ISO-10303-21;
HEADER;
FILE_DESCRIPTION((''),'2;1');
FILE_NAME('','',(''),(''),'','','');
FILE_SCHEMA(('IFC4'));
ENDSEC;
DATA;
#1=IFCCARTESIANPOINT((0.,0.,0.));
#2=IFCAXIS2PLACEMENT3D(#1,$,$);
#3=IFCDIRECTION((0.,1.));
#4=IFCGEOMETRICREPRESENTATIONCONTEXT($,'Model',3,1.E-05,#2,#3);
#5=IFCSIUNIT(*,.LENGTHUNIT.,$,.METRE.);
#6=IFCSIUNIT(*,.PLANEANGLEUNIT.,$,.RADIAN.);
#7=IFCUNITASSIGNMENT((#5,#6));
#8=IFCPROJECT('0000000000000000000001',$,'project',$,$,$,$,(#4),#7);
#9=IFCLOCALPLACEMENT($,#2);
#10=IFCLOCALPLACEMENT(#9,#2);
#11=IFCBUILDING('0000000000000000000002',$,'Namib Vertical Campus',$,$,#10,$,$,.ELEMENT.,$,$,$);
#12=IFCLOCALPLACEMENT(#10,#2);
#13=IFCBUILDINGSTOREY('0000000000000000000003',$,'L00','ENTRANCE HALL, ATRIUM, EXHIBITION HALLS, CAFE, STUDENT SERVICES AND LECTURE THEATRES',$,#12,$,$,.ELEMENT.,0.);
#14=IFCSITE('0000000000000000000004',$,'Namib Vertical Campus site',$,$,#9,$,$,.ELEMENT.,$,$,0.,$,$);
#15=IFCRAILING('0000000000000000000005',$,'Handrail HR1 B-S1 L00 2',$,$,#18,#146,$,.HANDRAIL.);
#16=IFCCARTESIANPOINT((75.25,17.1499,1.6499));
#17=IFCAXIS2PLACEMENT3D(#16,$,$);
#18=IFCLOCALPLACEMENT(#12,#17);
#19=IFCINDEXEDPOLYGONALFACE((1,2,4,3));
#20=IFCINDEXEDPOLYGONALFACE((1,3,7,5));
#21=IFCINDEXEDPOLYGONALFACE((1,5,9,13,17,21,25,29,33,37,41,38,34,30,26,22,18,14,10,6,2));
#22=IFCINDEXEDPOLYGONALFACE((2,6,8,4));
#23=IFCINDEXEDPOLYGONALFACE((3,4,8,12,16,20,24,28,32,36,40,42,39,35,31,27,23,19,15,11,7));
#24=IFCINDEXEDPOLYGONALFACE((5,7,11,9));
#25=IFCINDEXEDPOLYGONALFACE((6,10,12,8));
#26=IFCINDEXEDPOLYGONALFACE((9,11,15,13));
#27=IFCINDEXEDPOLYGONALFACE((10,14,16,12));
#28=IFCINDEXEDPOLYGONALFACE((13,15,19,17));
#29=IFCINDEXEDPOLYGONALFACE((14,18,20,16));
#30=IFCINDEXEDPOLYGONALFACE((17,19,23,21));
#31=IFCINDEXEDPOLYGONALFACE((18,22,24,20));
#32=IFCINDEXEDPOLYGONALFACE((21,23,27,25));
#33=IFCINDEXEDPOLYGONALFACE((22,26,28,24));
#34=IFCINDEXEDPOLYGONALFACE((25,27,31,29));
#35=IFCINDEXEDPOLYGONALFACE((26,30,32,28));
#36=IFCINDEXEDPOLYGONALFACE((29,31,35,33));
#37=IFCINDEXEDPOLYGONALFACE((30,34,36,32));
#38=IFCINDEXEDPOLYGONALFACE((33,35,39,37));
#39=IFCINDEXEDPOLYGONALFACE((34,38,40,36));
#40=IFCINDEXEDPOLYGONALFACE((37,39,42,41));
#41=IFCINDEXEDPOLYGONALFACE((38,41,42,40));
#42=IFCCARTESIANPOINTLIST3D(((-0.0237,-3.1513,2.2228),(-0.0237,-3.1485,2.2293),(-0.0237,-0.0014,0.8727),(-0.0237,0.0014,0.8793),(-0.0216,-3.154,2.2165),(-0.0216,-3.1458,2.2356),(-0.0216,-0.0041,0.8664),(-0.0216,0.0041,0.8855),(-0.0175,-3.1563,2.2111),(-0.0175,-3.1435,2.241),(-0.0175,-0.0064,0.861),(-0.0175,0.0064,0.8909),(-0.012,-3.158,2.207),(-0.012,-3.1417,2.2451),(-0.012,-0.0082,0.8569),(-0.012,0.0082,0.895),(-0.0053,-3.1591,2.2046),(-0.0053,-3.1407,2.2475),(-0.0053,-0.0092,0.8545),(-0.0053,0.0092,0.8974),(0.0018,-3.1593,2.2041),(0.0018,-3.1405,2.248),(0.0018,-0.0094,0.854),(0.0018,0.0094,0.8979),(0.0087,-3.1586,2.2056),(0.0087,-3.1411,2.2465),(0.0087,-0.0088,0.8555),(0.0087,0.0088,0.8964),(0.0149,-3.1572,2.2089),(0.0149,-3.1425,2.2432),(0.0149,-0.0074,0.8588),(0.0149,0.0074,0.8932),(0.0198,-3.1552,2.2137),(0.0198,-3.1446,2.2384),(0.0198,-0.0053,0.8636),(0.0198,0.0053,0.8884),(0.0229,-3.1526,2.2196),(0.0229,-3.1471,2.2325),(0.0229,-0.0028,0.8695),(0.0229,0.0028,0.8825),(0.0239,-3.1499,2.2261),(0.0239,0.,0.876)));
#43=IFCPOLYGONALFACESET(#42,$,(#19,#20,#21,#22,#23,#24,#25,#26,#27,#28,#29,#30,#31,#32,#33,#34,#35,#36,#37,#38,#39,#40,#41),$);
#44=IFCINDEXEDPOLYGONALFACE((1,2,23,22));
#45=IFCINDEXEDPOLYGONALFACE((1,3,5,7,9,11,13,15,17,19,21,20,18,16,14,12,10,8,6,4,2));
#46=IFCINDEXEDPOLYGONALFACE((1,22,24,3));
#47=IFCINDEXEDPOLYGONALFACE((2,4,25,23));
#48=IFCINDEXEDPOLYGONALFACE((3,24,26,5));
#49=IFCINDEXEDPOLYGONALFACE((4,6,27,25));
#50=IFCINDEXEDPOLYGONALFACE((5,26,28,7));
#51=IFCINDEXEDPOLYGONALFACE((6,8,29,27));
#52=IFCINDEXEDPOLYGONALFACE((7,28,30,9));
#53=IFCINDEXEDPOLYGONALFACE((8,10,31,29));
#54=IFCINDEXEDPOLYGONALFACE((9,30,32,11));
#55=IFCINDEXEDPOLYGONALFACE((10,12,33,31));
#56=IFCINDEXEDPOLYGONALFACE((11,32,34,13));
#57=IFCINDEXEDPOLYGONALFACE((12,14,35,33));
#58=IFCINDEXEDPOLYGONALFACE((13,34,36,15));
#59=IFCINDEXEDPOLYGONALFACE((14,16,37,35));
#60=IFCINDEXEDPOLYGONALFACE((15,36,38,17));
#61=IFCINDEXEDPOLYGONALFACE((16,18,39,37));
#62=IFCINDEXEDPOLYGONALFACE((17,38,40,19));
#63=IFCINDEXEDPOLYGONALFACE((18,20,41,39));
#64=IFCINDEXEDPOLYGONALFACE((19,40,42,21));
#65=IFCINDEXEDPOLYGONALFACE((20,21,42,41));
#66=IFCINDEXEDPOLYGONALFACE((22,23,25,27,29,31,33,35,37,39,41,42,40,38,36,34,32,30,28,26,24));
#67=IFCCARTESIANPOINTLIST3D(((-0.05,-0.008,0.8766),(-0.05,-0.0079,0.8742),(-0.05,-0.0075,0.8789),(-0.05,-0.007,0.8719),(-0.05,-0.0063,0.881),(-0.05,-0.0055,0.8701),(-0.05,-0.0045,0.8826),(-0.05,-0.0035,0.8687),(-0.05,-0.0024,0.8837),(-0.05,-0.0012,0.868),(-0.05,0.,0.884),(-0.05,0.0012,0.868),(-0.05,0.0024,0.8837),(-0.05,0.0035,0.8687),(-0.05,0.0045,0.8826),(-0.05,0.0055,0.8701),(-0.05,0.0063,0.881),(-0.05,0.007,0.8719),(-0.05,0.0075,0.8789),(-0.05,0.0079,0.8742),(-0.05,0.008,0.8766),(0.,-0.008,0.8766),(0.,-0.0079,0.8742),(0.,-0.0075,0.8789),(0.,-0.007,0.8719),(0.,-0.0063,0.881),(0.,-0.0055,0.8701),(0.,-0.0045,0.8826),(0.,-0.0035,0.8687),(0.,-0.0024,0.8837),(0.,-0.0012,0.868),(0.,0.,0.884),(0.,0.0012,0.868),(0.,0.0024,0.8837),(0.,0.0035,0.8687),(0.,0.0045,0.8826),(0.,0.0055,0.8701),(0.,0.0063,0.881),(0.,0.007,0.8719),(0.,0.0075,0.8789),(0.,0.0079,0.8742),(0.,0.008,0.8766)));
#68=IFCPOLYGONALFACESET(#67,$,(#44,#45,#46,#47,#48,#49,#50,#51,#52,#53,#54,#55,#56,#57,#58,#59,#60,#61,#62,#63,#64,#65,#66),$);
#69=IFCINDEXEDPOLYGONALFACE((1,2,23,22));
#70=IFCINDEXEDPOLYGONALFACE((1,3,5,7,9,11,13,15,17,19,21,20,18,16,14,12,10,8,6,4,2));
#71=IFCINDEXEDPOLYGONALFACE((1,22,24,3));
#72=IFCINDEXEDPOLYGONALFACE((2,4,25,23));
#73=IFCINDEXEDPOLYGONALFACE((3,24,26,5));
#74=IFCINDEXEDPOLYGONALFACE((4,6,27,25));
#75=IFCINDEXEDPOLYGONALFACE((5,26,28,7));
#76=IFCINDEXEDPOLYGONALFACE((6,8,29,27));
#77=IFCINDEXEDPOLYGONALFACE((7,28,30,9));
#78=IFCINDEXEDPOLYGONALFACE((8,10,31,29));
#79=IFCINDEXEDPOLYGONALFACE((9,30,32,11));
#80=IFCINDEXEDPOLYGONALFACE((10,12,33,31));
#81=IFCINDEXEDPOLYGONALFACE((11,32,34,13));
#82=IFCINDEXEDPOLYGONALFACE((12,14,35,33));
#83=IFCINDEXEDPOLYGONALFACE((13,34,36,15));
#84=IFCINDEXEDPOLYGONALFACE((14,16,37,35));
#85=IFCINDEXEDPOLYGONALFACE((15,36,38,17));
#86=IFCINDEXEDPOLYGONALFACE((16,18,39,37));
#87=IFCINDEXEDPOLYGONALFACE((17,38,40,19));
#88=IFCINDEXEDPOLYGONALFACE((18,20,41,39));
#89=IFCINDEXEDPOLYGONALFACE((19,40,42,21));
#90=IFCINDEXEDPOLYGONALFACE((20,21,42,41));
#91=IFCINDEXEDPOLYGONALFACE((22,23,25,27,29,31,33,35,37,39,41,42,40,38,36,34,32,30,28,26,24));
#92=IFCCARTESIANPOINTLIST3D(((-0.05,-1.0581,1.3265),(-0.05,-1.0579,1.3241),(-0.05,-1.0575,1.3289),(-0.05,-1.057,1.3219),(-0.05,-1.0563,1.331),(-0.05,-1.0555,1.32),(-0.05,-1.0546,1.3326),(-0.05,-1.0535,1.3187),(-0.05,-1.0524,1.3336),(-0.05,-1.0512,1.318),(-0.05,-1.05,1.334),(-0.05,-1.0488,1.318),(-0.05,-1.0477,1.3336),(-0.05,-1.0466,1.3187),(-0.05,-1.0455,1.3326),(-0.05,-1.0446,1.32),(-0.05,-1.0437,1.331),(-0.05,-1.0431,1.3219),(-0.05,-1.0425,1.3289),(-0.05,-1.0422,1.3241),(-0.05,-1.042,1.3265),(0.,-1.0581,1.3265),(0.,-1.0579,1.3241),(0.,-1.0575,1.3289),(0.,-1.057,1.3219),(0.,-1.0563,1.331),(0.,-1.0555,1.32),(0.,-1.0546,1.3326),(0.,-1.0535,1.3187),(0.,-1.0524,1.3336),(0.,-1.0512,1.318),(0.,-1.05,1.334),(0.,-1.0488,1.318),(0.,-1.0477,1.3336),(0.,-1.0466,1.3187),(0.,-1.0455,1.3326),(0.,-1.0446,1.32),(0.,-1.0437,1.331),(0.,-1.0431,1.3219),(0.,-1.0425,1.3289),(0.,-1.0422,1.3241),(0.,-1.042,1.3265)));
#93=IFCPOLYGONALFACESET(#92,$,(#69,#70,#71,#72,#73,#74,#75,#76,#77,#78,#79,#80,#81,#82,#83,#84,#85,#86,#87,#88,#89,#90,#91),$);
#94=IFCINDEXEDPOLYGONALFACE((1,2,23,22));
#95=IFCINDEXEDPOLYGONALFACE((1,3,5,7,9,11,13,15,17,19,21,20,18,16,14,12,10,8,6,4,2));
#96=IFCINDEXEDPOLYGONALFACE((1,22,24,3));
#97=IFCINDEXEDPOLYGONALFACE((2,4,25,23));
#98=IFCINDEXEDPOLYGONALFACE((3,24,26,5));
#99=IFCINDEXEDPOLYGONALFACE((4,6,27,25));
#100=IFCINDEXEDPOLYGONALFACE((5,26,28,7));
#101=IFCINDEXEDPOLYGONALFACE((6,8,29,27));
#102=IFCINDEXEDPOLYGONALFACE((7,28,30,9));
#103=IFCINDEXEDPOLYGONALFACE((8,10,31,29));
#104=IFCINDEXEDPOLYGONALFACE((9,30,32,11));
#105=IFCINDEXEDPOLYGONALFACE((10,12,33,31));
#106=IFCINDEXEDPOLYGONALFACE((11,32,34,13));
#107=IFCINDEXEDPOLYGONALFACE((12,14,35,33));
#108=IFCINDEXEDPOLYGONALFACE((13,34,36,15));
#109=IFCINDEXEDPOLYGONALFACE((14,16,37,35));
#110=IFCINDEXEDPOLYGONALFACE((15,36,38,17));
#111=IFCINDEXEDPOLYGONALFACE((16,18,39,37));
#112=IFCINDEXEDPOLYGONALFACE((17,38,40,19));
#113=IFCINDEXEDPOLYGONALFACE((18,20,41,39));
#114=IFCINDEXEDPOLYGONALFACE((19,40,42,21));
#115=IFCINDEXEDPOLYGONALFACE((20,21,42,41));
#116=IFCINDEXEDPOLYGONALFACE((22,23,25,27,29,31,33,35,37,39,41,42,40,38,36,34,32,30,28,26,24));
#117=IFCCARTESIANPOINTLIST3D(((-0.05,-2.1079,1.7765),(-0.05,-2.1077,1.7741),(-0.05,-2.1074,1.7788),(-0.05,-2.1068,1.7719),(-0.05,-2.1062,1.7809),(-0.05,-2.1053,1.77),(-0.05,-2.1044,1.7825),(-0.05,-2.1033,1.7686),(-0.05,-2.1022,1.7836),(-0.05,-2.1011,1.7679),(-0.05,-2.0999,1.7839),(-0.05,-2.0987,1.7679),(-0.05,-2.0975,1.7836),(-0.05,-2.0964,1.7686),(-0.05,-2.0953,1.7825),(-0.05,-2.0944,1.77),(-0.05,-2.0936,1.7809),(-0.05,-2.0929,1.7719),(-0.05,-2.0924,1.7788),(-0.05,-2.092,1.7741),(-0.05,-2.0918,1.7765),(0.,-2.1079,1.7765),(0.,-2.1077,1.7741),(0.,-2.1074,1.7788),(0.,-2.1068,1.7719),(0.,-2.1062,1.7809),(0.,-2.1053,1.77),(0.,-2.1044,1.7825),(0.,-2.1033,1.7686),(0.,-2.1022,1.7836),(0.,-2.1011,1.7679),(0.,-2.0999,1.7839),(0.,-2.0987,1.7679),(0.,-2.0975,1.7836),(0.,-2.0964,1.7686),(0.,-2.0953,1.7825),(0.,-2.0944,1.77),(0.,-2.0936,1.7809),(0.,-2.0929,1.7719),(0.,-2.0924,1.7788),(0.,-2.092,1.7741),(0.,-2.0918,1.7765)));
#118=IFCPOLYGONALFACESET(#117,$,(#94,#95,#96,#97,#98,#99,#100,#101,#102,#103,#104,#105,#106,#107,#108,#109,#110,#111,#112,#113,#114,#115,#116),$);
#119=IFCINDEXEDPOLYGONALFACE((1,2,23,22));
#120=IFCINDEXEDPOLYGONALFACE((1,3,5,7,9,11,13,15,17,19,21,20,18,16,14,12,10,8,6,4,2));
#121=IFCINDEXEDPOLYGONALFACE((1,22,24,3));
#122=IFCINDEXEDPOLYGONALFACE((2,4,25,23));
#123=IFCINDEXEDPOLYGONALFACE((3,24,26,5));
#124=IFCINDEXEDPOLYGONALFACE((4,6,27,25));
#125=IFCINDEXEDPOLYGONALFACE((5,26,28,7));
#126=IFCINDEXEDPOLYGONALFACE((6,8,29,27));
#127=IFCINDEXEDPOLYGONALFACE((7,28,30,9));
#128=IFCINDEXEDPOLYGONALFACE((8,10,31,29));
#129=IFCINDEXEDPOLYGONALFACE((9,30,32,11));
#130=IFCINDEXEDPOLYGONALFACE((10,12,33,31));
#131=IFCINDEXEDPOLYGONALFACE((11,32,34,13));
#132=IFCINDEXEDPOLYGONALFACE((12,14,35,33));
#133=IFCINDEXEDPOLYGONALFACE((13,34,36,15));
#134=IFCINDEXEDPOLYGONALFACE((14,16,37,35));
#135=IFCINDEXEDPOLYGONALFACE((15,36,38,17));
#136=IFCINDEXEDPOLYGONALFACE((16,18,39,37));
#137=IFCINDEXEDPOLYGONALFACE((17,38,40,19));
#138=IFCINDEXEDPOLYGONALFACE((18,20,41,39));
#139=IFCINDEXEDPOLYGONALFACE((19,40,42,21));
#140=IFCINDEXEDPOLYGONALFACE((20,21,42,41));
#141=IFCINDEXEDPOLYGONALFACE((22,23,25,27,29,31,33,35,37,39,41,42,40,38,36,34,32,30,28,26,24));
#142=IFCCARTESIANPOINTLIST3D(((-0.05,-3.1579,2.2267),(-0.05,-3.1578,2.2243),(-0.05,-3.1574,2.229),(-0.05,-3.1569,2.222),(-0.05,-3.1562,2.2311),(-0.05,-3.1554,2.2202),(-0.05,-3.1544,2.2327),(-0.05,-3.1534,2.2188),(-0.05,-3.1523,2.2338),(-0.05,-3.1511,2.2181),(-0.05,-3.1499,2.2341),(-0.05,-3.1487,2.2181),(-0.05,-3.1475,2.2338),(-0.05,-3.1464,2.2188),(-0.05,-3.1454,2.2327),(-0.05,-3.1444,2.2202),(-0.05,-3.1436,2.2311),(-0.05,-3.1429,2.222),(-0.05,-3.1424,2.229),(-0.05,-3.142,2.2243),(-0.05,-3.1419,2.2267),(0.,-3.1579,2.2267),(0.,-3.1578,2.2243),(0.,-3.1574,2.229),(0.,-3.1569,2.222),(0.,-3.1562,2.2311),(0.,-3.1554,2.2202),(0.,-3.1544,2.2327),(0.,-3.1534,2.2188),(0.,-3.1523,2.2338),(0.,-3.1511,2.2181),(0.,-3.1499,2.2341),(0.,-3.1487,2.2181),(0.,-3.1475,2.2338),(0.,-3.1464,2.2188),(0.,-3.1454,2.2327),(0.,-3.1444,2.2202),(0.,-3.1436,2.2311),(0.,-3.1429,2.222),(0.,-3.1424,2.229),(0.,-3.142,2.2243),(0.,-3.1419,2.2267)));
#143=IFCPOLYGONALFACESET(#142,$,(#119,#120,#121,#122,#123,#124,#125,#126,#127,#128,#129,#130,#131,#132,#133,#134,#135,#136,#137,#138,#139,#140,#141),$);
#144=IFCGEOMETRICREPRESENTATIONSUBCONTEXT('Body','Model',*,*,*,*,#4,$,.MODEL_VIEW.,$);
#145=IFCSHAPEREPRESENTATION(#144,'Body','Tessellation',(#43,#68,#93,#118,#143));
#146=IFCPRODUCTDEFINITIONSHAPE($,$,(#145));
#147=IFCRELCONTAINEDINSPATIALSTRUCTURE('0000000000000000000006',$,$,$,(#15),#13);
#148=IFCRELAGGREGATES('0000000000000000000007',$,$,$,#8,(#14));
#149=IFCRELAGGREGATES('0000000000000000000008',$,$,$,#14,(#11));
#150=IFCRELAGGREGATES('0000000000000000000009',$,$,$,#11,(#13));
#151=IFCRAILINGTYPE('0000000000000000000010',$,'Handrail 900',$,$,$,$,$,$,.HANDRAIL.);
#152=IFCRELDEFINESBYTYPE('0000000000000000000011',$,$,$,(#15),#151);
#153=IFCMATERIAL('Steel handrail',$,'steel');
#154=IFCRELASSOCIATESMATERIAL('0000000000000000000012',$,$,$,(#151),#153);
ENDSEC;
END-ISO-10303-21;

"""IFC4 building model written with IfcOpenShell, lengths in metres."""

from ifc_helpers import new_model, si_unit, direction, frame, origin, origin_2d, place, context, subcontext, project, spatial, circle, extrude, material, type_object, element, save


model = new_model("IFC4")

# Units and contexts
model_context = context("Model", 3, precision=1e-05, world=origin(), true_north=direction((0.0, 1.0)))
body_context = subcontext(model_context, "Body", "Model", "MODEL_VIEW")
ifc_project = project(units=[si_unit("LENGTHUNIT", "METRE"), si_unit("PLANEANGLEUNIT", "RADIAN")], contexts=[model_context])

# Site, building, storey
site_placement = place(None, origin())
site = spatial("IfcSite", under=ifc_project, at=site_placement, Name="Namib Vertical Campus site", CompositionType="ELEMENT", RefElevation=0.0)
building_placement = place(site_placement, origin())
building = spatial("IfcBuilding", under=site, at=building_placement, Name="Namib Vertical Campus", CompositionType="ELEMENT")
storey_placement = place(building_placement, origin())
storey = spatial("IfcBuildingStorey", under=building, at=storey_placement, Name="L00", Description="ENTRANCE HALL, ATRIUM, EXHIBITION HALLS, CAFE, STUDENT SERVICES AND LECTURE THEATRES", CompositionType="ELEMENT", Elevation=0.0)

# Railing
ifc_material_1 = material(Name="Steel handrail", Category="steel")
railing_type_1 = type_object("IfcRailingType", Name="Handrail 900", PredefinedType="HANDRAIL", material=ifc_material_1)
for number, where, name in (
    (1, (75.25, 17.1499, 1.6499), "Handrail HR1 B-S1 L00 2"),
):
    element("IfcRailing", number, at=place(storey_placement, frame(where)), inside=storey, type_object=railing_type_1, Name=name, PredefinedType="HANDRAIL", context=body_context, shape_type="SweptSolid", body=[
        extrude(circle(Radius=0.0239, at=origin_2d()), frame((0.0, 0.0, 0.876), z_axis=(0.0, -0.91913, 0.393954), x_axis=(1.0, 0.0, 0.0)), (0.0, 0.0, 1.0), 3.427),
        extrude(circle(Radius=0.0081, at=origin_2d()), frame((0.0, 0.0, 0.876), z_axis=(-1.0, 0.0, 0.0), x_axis=(0.0, 0.0, 1.0)), (0.0, 0.0, 1.0), 0.05),
        extrude(circle(Radius=0.0081, at=origin_2d()), frame((0.0, -1.05, 1.3259), z_axis=(-1.0, 0.0, 0.0), x_axis=(0.0, 0.0, 1.0)), (0.0, 0.0, 1.0), 0.05),
        extrude(circle(Radius=0.0081, at=origin_2d()), frame((0.0, -2.0999, 1.7759), z_axis=(-1.0, 0.0, 0.0), x_axis=(0.0, 0.0, 1.0)), (0.0, 0.0, 1.0), 0.05),
        extrude(circle(Radius=0.0081, at=origin_2d()), frame((0.0, -3.1499, 2.2261), z_axis=(-1.0, 0.0, 0.0), x_axis=(0.0, 0.0, 1.0)), (0.0, 0.0, 1.0), 0.05),
    ])

save(model, "model.ifc")
